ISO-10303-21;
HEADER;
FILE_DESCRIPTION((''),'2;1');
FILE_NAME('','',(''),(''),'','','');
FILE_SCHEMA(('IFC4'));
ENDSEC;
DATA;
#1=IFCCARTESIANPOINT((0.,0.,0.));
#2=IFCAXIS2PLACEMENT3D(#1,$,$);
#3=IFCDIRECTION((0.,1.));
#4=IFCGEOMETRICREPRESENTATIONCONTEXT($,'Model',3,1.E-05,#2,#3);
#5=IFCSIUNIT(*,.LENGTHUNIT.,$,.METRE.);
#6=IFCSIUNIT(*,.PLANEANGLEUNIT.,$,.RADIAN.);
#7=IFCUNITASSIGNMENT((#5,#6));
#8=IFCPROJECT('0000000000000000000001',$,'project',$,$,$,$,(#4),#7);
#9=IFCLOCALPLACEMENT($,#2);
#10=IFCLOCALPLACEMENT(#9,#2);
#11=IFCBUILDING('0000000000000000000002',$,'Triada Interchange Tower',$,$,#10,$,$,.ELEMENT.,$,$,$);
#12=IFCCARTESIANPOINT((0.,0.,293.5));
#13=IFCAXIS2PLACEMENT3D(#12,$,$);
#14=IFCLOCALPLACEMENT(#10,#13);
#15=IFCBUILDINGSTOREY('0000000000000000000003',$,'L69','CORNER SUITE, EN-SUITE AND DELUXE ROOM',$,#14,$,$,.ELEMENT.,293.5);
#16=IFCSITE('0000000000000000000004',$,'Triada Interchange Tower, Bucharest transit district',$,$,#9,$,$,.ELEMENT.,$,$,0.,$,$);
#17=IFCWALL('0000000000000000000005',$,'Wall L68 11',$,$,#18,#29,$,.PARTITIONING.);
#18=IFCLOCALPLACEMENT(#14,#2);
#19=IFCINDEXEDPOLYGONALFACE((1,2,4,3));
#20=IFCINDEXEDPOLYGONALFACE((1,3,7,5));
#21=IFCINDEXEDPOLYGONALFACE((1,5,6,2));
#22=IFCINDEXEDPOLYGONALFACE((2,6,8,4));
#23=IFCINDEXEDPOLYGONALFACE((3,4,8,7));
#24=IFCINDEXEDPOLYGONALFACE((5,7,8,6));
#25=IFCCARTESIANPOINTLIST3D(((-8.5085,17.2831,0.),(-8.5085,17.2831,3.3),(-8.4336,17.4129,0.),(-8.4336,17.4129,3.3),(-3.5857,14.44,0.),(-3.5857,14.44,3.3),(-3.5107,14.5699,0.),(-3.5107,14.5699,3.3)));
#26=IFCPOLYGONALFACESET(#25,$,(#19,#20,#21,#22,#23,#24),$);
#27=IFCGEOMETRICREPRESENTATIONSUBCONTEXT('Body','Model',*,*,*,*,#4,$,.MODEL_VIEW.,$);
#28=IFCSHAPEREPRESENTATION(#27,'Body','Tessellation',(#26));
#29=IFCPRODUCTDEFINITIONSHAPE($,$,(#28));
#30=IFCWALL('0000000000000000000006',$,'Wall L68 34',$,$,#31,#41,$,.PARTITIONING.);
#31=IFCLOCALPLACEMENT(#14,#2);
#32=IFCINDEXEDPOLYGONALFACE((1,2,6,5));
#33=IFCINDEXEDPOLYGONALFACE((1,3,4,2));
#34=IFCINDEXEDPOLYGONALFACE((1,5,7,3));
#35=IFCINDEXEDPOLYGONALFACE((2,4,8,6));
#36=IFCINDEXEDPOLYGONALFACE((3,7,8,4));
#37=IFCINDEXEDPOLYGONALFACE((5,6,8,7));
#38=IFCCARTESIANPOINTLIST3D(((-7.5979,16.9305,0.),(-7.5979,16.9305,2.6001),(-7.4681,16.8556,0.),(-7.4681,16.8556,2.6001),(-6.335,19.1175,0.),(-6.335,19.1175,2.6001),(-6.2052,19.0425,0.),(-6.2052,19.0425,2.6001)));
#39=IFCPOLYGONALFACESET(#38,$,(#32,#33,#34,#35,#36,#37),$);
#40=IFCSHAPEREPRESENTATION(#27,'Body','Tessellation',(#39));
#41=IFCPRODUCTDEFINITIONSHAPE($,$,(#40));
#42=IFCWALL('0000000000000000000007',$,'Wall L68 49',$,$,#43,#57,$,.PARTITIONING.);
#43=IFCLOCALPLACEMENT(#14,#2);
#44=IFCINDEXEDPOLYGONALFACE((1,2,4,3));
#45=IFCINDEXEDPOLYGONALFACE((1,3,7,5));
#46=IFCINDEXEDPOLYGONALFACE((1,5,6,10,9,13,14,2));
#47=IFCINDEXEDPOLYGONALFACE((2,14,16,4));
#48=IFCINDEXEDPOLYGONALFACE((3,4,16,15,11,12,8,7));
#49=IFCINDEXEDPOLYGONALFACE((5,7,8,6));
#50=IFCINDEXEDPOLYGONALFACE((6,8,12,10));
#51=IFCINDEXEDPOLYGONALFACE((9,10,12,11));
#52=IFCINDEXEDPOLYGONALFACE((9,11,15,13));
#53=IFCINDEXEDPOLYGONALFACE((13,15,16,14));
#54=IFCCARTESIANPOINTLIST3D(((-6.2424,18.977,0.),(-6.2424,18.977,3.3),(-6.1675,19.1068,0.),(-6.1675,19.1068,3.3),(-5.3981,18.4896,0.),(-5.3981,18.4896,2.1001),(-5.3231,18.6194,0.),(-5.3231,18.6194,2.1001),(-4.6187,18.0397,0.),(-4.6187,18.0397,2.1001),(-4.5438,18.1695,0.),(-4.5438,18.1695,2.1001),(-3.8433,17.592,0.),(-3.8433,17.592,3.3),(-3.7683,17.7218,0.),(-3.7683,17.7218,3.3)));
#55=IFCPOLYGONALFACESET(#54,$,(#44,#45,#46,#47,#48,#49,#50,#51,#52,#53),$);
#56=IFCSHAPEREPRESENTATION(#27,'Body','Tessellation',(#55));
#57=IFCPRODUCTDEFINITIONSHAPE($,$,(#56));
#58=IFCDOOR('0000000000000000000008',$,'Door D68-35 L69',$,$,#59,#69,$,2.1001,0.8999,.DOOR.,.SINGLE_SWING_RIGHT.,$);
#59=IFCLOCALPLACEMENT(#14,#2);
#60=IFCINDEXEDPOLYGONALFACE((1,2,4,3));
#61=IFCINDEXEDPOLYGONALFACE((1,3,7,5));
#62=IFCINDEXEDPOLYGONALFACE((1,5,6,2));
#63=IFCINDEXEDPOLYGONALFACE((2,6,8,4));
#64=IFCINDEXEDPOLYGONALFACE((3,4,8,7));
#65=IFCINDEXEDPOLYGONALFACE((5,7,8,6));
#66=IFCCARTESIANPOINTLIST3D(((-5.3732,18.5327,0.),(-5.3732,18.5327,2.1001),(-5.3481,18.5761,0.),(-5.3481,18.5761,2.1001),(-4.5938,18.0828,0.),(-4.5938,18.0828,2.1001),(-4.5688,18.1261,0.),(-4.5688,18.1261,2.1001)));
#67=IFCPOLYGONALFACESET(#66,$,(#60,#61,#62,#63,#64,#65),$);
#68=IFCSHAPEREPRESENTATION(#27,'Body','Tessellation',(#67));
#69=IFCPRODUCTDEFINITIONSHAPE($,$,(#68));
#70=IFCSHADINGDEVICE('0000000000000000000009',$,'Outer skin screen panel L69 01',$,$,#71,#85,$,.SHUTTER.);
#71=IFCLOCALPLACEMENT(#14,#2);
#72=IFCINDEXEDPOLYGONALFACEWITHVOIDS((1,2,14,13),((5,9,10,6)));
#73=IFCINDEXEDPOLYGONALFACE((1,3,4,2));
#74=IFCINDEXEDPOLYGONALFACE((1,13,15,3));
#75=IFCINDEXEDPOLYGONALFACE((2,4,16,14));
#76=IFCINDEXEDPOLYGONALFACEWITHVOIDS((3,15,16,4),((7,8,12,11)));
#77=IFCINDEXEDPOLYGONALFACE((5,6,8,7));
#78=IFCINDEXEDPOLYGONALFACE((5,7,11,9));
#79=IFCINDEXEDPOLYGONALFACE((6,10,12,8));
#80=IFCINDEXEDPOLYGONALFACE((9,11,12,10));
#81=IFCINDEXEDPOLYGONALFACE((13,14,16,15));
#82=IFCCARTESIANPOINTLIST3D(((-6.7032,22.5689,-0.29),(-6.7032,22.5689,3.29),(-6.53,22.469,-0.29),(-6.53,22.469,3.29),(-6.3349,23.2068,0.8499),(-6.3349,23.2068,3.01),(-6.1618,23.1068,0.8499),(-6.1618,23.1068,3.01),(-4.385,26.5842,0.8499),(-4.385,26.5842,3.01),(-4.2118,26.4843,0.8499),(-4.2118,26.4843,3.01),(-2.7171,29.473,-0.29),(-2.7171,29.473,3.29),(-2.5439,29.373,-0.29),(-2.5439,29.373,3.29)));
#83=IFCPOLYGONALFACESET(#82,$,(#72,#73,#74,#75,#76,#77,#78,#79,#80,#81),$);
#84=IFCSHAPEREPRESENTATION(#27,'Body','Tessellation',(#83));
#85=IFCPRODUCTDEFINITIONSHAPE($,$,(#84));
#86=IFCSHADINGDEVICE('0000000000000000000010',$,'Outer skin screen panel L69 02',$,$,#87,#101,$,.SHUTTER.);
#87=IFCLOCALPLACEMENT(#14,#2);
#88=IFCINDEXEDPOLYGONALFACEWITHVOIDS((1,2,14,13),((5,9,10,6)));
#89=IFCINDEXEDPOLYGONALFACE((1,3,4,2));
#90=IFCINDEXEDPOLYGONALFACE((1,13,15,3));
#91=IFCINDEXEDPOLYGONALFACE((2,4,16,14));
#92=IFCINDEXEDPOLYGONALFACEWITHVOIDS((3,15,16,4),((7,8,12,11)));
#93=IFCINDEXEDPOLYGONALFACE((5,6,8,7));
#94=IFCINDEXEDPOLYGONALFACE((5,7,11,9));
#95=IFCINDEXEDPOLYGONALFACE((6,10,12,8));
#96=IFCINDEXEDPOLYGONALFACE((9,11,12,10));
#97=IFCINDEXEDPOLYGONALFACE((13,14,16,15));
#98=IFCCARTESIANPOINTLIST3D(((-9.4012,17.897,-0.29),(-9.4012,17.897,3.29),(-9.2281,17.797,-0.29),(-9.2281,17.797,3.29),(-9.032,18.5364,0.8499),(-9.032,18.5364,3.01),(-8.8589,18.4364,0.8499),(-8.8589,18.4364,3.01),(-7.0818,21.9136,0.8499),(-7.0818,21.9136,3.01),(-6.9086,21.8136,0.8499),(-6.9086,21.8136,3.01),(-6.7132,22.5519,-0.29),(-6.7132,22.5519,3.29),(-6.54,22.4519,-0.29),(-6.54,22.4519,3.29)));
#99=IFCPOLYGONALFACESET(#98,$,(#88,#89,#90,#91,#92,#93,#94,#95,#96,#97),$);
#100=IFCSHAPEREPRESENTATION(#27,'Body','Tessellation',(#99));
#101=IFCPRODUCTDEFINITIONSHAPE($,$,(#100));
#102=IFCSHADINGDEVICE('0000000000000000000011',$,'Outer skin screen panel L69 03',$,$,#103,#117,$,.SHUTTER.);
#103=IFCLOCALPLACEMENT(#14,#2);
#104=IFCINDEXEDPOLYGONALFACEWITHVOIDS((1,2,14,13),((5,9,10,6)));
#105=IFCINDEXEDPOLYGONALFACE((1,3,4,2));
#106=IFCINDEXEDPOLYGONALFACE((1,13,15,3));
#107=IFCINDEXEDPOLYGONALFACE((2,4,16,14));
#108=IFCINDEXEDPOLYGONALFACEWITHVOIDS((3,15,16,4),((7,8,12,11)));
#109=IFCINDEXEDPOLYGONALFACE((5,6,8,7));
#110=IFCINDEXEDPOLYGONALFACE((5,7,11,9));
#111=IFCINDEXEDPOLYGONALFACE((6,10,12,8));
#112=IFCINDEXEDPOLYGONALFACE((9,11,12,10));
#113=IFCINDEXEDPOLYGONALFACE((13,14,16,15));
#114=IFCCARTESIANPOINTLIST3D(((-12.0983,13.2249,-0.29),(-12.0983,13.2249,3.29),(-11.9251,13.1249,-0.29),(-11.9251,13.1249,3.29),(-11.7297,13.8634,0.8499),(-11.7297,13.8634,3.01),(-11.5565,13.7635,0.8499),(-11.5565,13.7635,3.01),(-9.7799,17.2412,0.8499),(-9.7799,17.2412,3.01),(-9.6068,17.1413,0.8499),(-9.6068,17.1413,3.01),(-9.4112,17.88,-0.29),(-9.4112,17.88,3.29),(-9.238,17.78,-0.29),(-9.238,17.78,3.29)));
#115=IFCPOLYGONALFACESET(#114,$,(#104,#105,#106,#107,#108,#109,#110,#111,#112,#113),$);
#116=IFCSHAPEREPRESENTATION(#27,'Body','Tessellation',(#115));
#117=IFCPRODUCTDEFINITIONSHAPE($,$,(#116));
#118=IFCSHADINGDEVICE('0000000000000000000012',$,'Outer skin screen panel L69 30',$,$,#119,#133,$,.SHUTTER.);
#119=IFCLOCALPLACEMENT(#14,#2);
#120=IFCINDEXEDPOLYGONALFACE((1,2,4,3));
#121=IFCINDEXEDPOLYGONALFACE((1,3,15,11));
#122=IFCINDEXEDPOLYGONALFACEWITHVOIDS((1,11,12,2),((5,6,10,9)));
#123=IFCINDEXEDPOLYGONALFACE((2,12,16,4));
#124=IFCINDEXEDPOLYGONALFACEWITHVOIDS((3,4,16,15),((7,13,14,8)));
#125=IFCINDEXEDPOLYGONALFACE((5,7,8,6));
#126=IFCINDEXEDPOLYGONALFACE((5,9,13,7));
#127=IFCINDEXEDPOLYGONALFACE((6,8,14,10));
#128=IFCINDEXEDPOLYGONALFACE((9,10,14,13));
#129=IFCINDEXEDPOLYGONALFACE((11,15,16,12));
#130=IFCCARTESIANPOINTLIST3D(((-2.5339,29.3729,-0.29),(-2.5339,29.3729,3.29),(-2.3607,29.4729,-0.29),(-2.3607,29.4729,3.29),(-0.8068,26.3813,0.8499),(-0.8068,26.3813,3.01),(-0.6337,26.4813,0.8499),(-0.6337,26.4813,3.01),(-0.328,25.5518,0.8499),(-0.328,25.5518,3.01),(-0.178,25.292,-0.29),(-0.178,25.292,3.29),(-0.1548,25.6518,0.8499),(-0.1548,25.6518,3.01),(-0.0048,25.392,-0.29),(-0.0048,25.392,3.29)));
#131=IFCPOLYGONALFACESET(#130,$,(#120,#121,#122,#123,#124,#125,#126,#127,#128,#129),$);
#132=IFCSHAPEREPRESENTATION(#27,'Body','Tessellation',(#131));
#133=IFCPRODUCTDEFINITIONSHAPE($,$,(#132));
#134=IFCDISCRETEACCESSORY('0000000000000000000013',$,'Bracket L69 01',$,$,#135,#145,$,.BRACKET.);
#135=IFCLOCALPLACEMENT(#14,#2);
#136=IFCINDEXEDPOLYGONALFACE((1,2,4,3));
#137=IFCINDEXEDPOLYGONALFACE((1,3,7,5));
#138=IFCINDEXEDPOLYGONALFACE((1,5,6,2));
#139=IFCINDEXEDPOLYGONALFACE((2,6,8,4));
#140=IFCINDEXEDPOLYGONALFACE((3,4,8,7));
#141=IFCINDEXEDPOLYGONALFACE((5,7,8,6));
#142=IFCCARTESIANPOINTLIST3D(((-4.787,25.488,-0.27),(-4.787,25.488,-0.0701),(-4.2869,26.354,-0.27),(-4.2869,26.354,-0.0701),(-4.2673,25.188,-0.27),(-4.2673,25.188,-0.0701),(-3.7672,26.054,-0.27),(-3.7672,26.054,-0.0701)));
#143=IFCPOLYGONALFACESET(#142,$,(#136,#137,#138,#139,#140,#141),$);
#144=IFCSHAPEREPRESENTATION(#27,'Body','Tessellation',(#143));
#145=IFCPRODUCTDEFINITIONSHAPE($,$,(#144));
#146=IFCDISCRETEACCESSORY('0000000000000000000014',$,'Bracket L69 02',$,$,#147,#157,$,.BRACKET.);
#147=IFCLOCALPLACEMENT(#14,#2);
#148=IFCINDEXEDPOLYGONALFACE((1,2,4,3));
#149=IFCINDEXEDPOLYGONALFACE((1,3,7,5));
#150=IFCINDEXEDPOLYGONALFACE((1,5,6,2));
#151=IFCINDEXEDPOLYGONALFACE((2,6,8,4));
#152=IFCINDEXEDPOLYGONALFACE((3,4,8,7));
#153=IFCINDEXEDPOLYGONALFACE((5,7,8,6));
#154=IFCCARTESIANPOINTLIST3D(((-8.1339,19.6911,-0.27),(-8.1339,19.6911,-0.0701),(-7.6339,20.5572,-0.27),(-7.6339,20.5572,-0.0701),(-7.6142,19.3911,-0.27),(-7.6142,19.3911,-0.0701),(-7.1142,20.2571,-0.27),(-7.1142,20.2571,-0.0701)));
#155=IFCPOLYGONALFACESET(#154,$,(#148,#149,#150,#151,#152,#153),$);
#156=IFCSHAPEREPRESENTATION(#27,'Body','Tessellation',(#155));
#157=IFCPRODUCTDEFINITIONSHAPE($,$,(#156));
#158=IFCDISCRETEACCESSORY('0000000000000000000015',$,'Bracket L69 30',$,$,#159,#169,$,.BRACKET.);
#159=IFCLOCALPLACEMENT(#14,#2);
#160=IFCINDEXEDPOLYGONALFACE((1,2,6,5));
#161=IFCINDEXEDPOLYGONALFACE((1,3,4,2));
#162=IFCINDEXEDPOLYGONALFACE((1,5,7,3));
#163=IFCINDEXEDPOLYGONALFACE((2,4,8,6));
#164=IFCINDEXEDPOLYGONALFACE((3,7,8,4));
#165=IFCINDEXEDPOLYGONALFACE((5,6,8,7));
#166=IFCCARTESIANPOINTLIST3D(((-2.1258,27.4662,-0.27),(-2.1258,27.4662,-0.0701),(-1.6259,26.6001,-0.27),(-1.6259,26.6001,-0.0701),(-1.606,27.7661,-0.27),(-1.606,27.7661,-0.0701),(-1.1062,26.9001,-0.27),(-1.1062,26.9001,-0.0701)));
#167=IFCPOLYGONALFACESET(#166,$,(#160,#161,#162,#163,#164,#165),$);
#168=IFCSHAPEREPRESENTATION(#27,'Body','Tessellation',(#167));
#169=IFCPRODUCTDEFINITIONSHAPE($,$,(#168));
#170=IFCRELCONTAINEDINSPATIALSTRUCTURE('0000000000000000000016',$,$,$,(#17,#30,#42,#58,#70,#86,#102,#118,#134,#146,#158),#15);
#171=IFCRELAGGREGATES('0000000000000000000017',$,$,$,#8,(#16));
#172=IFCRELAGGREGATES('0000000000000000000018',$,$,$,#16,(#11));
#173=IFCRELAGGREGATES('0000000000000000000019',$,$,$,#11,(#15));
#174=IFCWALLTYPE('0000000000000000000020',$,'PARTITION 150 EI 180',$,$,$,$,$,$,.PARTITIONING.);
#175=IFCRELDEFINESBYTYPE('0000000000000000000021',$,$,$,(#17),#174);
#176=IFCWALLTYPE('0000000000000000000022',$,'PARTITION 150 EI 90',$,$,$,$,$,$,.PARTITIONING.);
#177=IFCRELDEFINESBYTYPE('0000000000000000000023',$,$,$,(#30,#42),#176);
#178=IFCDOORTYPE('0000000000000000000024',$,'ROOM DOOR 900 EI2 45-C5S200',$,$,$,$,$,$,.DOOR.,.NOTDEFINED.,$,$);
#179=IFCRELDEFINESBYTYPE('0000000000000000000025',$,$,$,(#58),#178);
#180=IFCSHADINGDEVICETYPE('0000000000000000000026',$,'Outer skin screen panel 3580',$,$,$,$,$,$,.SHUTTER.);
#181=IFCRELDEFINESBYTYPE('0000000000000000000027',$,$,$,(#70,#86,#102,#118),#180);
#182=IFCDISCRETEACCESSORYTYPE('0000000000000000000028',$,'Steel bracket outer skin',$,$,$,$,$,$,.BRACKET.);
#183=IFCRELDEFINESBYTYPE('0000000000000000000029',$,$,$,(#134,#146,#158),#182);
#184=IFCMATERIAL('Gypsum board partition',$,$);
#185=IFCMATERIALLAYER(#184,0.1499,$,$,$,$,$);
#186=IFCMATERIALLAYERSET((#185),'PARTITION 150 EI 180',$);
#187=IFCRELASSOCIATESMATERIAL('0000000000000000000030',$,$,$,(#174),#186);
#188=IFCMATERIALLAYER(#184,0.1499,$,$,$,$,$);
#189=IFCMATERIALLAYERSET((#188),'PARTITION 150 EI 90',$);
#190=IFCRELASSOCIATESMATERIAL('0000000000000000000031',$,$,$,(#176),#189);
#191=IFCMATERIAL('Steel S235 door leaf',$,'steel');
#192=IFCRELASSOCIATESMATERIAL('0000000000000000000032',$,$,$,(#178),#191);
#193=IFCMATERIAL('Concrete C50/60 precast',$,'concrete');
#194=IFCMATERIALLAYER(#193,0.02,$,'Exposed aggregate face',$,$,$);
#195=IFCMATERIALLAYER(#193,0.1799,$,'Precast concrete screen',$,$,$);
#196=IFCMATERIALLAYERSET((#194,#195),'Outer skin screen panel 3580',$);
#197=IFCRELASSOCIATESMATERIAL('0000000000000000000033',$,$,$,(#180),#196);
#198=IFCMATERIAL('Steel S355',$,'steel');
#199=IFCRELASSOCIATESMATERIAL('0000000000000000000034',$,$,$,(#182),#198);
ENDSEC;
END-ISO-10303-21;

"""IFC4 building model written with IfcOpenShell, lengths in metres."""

from ifc_helpers import new_model, si_unit, direction, frame, frame_2d, origin, origin_2d, place, context, subcontext, project, spatial, polyline, rectangle, outline, extrude, material, layer, layer_set, type_object, element, fill, save


model = new_model("IFC4")

# Units and contexts
model_context = context("Model", 3, precision=1e-05, world=origin(), true_north=direction((0.0, 1.0)))
body_context = subcontext(model_context, "Body", "Model", "MODEL_VIEW")
ifc_project = project(units=[si_unit("LENGTHUNIT", "METRE"), si_unit("PLANEANGLEUNIT", "RADIAN")], contexts=[model_context])

# Site, building, storey
site_placement = place(None, origin())
site = spatial("IfcSite", under=ifc_project, at=site_placement, Name="Triada Interchange Tower, Bucharest transit district", CompositionType="ELEMENT", RefElevation=0.0)
building_placement = place(site_placement, origin())
building = spatial("IfcBuilding", under=site, at=building_placement, Name="Triada Interchange Tower", CompositionType="ELEMENT")
storey_placement = place(building_placement, frame((0.0, 0.0, 293.5)))
storey = spatial("IfcBuildingStorey", under=building, at=storey_placement, Name="L69", Description="CORNER SUITE, EN-SUITE AND DELUXE ROOM", CompositionType="ELEMENT", Elevation=293.5)

# Walls
ifc_material_1 = material(Name="Gypsum board partition")
ifc_layer_1 = layer(ifc_material_1, 0.1499)
ifc_layer_set_1 = layer_set([ifc_layer_1], Name="PARTITION 150 EI 180")
wall_type_1 = type_object("IfcWallType", Name="PARTITION 150 EI 180", PredefinedType="PARTITIONING", material=ifc_layer_set_1)
wall_1_placement = place(storey_placement, frame((-8.4709, 17.3479, 0.0), z_axis=(0.0, 0.0, 1.0), x_axis=(0.865964, -0.500107, 0.0)))
element("IfcWall", 1, at=wall_1_placement, inside=storey, type_object=wall_type_1, Name="Wall L68 11", PredefinedType="PARTITIONING", context=body_context, shape_type="SweptSolid", body=[
    extrude(rectangle(XDim=5.6848, YDim=0.1499, at=frame_2d((2.8423, 0.0))), origin(), (0.0, 0.0, 1.0), 3.3),
])
ifc_layer_2 = layer(ifc_material_1, 0.1499)
ifc_layer_set_2 = layer_set([ifc_layer_2], Name="PARTITION 150 EI 90")
wall_type_2 = type_object("IfcWallType", Name="PARTITION 150 EI 90", PredefinedType="PARTITIONING", material=ifc_layer_set_2)
wall_2_placement = place(storey_placement, frame((-7.533, 16.8931, 0.0), z_axis=(0.0, 0.0, 1.0), x_axis=(0.500079, 0.86598, 0.0)))
element("IfcWall", 2, at=wall_2_placement, inside=storey, type_object=wall_type_2, Name="Wall L68 34", PredefinedType="PARTITIONING", context=body_context, shape_type="SweptSolid", body=[
    extrude(rectangle(XDim=2.5254, YDim=0.1499, at=frame_2d((1.2627, 0.0))), origin(), (0.0, 0.0, 1.0), 2.6001),
])

# Wall, opening, door
wall_3_placement = place(storey_placement, frame((-6.2051, 19.042, 0.0), z_axis=(0.0, 0.0, 1.0), x_axis=(0.866049, -0.499959, 0.0)))
wall_3 = element("IfcWall", 3, at=wall_3_placement, inside=storey, type_object=wall_type_2, Name="Wall L68 49", PredefinedType="PARTITIONING", context=body_context, shape_type="SweptSolid", body=[
    extrude(rectangle(XDim=2.7703, YDim=0.1499, at=frame_2d((1.3853, 0.0))), origin(), (0.0, 0.0, 1.0), 3.3),
])
opening_1_placement = place(wall_3_placement, frame((0.9751, 0.0, 0.0)))
opening_1 = element("IfcOpeningElement", 4, at=opening_1_placement, cuts=wall_3, PredefinedType="OPENING", context=body_context, shape_type="SweptSolid", body=[
    extrude(rectangle(XDim=0.8999, YDim=2.1001, at=frame_2d((0.45, 1.05))), frame((0.0, 0.085, 0.0), z_axis=(0.0, -1.0, 0.0), x_axis=(1.0, 0.0, 0.0)), (0.0, 0.0, 1.0), 0.1699),
])
ifc_material_2 = material(Name="Steel S235 door leaf", Category="steel")
door_type = type_object("IfcDoorType", Name="ROOM DOOR 900 EI2 45-C5S200", OperationType="NOTDEFINED", PredefinedType="DOOR", material=ifc_material_2)
door_placement = place(opening_1_placement, origin())
door = element("IfcDoor", 5, at=door_placement, inside=storey, type_object=door_type, Name="Door D68-35 L69", OperationType="SINGLE_SWING_RIGHT", OverallHeight=2.1001, OverallWidth=0.8999, PredefinedType="DOOR", context=body_context, shape_type="SweptSolid", body=[
    extrude(rectangle(XDim=0.8999, YDim=2.1001, at=frame_2d((0.45, 1.05))), frame((0.0, 0.0249, 0.0), z_axis=(0.0, -1.0, 0.0), x_axis=(1.0, 0.0, 0.0)), (0.0, 0.0, 1.0), 0.05),
])
fill(opening_1, door)

# Shading devices
ifc_material_3 = material(Name="Concrete C50/60 precast", Category="concrete")
ifc_layer_3 = layer(ifc_material_3, 0.02, Name="Exposed aggregate face")
ifc_layer_4 = layer(ifc_material_3, 0.1799, Name="Precast concrete screen")
ifc_layer_set_3 = layer_set([ifc_layer_3, ifc_layer_4], Name="Outer skin screen panel 3580")
shading_device_type = type_object("IfcShadingDeviceType", Name="Outer skin screen panel 3580", PredefinedType="SHUTTER", material=ifc_layer_set_3)
shading_device_1_placement = place(storey_placement, frame((-2.5439, 29.373, -0.29), z_axis=(0.0, 0.0, 1.0), x_axis=(-0.500003, -0.866024, 0.0)))
element("IfcShadingDevice", 6, at=shading_device_1_placement, inside=storey, type_object=shading_device_type, Name="Outer skin screen panel L69 01", PredefinedType="SHUTTER", context=body_context, shape_type="SweptSolid", body=[
    extrude(outline(polyline([(0.0, 0.0), (7.9722, 0.0), (7.9722, 3.5801), (0.0, 3.5801), (0.0, 0.0)]), holes=[polyline([(3.3357, 1.1399), (3.3357, 3.3), (7.2356, 3.3), (7.2356, 1.1399), (3.3357, 1.1399)])]), frame((0.0, 0.0, 0.0), z_axis=(0.0, -1.0, 0.0), x_axis=(1.0, 0.0, 0.0)), (0.0, 0.0, 1.0), 0.2),
])
shading_device_2_placement = place(storey_placement, frame((-6.54, 22.4519, -0.29), z_axis=(0.0, 0.0, 1.0), x_axis=(-0.500076, -0.865981, 0.0)))
element("IfcShadingDevice", 7, at=shading_device_2_placement, inside=storey, type_object=shading_device_type, Name="Outer skin screen panel L69 02", PredefinedType="SHUTTER", context=body_context, shape_type="SweptSolid", body=[
    extrude(outline(polyline([(0.0, 0.0), (5.3752, 0.0), (5.3752, 3.5801), (0.0, 3.5801), (0.0, 0.0)]), holes=[polyline([(0.7371, 1.1399), (0.7371, 3.3), (4.637, 3.3), (4.637, 1.1399), (0.7371, 1.1399)])]), frame((0.0, 0.0, 0.0), z_axis=(0.0, -1.0, 0.0), x_axis=(1.0, 0.0, 0.0)), (0.0, 0.0, 1.0), 0.2),
])
shading_device_3_placement = place(storey_placement, frame((-9.238, 17.78, -0.29), z_axis=(0.0, 0.0, 1.0), x_axis=(-0.49992, -0.866071, 0.0)))
element("IfcShadingDevice", 8, at=shading_device_3_placement, inside=storey, type_object=shading_device_type, Name="Outer skin screen panel L69 03", PredefinedType="SHUTTER", context=body_context, shape_type="SweptSolid", body=[
    extrude(outline(polyline([(0.0, 0.0), (5.375, 0.0), (5.375, 3.5801), (0.0, 3.5801), (0.0, 0.0)]), holes=[polyline([(0.7375, 1.1399), (0.7375, 3.3), (4.6377, 3.3), (4.6377, 1.1399), (0.7375, 1.1399)])]), frame((0.0, 0.0, 0.0), z_axis=(0.0, -1.0, 0.0), x_axis=(1.0, 0.0, 0.0)), (0.0, 0.0, 1.0), 0.2),
])
shading_device_4_placement = place(storey_placement, frame((-0.178, 25.292, -0.29), z_axis=(0.0, 0.0, 1.0), x_axis=(-0.499962, 0.866048, 0.0)))
element("IfcShadingDevice", 9, at=shading_device_4_placement, inside=storey, type_object=shading_device_type, Name="Outer skin screen panel L69 30", PredefinedType="SHUTTER", context=body_context, shape_type="SweptSolid", body=[
    extrude(outline(polyline([(0.0, 0.0), (4.7122, 0.0), (4.7122, 3.5801), (0.0, 3.5801), (0.0, 0.0)]), holes=[polyline([(0.3, 1.1399), (0.3, 3.3), (1.2578, 3.3), (1.2578, 1.1399), (0.3, 1.1399)])]), frame((0.0, 0.0, 0.0), z_axis=(0.0, -1.0, 0.0), x_axis=(1.0, 0.0, 0.0)), (0.0, 0.0, 1.0), 0.2),
])

# Discrete accessories
ifc_material_4 = material(Name="Steel S355", Category="steel")
discrete_accessory_type = type_object("IfcDiscreteAccessoryType", Name="Steel bracket outer skin", PredefinedType="BRACKET", material=ifc_material_4)
for number, where, z_axis, x_axis, name in (
    (10, (-4.2771, 25.771, -0.27), (0.0, 0.0, 1.0), (-0.866023, 0.500004, 0.0), "Bracket L69 01"),
    (11, (-7.624, 19.9741, -0.27), (0.0, 0.0, 1.0), (-0.866023, 0.500004, 0.0), "Bracket L69 02"),
    (12, (-1.616, 27.1831, -0.27), (0.0, 0.0, 1.0), (0.866091, 0.499887, 0.0), "Bracket L69 30"),
):
    element("IfcDiscreteAccessory", number, at=place(storey_placement, frame(where, z_axis=z_axis, x_axis=x_axis)), inside=storey, type_object=discrete_accessory_type, Name=name, PredefinedType="BRACKET", context=body_context, shape_type="SweptSolid", body=[
        extrude(rectangle(XDim=0.6001, YDim=1.0, at=origin_2d()), origin(), (0.0, 0.0, 1.0), 0.2),
    ])

save(model, "model.ifc")
